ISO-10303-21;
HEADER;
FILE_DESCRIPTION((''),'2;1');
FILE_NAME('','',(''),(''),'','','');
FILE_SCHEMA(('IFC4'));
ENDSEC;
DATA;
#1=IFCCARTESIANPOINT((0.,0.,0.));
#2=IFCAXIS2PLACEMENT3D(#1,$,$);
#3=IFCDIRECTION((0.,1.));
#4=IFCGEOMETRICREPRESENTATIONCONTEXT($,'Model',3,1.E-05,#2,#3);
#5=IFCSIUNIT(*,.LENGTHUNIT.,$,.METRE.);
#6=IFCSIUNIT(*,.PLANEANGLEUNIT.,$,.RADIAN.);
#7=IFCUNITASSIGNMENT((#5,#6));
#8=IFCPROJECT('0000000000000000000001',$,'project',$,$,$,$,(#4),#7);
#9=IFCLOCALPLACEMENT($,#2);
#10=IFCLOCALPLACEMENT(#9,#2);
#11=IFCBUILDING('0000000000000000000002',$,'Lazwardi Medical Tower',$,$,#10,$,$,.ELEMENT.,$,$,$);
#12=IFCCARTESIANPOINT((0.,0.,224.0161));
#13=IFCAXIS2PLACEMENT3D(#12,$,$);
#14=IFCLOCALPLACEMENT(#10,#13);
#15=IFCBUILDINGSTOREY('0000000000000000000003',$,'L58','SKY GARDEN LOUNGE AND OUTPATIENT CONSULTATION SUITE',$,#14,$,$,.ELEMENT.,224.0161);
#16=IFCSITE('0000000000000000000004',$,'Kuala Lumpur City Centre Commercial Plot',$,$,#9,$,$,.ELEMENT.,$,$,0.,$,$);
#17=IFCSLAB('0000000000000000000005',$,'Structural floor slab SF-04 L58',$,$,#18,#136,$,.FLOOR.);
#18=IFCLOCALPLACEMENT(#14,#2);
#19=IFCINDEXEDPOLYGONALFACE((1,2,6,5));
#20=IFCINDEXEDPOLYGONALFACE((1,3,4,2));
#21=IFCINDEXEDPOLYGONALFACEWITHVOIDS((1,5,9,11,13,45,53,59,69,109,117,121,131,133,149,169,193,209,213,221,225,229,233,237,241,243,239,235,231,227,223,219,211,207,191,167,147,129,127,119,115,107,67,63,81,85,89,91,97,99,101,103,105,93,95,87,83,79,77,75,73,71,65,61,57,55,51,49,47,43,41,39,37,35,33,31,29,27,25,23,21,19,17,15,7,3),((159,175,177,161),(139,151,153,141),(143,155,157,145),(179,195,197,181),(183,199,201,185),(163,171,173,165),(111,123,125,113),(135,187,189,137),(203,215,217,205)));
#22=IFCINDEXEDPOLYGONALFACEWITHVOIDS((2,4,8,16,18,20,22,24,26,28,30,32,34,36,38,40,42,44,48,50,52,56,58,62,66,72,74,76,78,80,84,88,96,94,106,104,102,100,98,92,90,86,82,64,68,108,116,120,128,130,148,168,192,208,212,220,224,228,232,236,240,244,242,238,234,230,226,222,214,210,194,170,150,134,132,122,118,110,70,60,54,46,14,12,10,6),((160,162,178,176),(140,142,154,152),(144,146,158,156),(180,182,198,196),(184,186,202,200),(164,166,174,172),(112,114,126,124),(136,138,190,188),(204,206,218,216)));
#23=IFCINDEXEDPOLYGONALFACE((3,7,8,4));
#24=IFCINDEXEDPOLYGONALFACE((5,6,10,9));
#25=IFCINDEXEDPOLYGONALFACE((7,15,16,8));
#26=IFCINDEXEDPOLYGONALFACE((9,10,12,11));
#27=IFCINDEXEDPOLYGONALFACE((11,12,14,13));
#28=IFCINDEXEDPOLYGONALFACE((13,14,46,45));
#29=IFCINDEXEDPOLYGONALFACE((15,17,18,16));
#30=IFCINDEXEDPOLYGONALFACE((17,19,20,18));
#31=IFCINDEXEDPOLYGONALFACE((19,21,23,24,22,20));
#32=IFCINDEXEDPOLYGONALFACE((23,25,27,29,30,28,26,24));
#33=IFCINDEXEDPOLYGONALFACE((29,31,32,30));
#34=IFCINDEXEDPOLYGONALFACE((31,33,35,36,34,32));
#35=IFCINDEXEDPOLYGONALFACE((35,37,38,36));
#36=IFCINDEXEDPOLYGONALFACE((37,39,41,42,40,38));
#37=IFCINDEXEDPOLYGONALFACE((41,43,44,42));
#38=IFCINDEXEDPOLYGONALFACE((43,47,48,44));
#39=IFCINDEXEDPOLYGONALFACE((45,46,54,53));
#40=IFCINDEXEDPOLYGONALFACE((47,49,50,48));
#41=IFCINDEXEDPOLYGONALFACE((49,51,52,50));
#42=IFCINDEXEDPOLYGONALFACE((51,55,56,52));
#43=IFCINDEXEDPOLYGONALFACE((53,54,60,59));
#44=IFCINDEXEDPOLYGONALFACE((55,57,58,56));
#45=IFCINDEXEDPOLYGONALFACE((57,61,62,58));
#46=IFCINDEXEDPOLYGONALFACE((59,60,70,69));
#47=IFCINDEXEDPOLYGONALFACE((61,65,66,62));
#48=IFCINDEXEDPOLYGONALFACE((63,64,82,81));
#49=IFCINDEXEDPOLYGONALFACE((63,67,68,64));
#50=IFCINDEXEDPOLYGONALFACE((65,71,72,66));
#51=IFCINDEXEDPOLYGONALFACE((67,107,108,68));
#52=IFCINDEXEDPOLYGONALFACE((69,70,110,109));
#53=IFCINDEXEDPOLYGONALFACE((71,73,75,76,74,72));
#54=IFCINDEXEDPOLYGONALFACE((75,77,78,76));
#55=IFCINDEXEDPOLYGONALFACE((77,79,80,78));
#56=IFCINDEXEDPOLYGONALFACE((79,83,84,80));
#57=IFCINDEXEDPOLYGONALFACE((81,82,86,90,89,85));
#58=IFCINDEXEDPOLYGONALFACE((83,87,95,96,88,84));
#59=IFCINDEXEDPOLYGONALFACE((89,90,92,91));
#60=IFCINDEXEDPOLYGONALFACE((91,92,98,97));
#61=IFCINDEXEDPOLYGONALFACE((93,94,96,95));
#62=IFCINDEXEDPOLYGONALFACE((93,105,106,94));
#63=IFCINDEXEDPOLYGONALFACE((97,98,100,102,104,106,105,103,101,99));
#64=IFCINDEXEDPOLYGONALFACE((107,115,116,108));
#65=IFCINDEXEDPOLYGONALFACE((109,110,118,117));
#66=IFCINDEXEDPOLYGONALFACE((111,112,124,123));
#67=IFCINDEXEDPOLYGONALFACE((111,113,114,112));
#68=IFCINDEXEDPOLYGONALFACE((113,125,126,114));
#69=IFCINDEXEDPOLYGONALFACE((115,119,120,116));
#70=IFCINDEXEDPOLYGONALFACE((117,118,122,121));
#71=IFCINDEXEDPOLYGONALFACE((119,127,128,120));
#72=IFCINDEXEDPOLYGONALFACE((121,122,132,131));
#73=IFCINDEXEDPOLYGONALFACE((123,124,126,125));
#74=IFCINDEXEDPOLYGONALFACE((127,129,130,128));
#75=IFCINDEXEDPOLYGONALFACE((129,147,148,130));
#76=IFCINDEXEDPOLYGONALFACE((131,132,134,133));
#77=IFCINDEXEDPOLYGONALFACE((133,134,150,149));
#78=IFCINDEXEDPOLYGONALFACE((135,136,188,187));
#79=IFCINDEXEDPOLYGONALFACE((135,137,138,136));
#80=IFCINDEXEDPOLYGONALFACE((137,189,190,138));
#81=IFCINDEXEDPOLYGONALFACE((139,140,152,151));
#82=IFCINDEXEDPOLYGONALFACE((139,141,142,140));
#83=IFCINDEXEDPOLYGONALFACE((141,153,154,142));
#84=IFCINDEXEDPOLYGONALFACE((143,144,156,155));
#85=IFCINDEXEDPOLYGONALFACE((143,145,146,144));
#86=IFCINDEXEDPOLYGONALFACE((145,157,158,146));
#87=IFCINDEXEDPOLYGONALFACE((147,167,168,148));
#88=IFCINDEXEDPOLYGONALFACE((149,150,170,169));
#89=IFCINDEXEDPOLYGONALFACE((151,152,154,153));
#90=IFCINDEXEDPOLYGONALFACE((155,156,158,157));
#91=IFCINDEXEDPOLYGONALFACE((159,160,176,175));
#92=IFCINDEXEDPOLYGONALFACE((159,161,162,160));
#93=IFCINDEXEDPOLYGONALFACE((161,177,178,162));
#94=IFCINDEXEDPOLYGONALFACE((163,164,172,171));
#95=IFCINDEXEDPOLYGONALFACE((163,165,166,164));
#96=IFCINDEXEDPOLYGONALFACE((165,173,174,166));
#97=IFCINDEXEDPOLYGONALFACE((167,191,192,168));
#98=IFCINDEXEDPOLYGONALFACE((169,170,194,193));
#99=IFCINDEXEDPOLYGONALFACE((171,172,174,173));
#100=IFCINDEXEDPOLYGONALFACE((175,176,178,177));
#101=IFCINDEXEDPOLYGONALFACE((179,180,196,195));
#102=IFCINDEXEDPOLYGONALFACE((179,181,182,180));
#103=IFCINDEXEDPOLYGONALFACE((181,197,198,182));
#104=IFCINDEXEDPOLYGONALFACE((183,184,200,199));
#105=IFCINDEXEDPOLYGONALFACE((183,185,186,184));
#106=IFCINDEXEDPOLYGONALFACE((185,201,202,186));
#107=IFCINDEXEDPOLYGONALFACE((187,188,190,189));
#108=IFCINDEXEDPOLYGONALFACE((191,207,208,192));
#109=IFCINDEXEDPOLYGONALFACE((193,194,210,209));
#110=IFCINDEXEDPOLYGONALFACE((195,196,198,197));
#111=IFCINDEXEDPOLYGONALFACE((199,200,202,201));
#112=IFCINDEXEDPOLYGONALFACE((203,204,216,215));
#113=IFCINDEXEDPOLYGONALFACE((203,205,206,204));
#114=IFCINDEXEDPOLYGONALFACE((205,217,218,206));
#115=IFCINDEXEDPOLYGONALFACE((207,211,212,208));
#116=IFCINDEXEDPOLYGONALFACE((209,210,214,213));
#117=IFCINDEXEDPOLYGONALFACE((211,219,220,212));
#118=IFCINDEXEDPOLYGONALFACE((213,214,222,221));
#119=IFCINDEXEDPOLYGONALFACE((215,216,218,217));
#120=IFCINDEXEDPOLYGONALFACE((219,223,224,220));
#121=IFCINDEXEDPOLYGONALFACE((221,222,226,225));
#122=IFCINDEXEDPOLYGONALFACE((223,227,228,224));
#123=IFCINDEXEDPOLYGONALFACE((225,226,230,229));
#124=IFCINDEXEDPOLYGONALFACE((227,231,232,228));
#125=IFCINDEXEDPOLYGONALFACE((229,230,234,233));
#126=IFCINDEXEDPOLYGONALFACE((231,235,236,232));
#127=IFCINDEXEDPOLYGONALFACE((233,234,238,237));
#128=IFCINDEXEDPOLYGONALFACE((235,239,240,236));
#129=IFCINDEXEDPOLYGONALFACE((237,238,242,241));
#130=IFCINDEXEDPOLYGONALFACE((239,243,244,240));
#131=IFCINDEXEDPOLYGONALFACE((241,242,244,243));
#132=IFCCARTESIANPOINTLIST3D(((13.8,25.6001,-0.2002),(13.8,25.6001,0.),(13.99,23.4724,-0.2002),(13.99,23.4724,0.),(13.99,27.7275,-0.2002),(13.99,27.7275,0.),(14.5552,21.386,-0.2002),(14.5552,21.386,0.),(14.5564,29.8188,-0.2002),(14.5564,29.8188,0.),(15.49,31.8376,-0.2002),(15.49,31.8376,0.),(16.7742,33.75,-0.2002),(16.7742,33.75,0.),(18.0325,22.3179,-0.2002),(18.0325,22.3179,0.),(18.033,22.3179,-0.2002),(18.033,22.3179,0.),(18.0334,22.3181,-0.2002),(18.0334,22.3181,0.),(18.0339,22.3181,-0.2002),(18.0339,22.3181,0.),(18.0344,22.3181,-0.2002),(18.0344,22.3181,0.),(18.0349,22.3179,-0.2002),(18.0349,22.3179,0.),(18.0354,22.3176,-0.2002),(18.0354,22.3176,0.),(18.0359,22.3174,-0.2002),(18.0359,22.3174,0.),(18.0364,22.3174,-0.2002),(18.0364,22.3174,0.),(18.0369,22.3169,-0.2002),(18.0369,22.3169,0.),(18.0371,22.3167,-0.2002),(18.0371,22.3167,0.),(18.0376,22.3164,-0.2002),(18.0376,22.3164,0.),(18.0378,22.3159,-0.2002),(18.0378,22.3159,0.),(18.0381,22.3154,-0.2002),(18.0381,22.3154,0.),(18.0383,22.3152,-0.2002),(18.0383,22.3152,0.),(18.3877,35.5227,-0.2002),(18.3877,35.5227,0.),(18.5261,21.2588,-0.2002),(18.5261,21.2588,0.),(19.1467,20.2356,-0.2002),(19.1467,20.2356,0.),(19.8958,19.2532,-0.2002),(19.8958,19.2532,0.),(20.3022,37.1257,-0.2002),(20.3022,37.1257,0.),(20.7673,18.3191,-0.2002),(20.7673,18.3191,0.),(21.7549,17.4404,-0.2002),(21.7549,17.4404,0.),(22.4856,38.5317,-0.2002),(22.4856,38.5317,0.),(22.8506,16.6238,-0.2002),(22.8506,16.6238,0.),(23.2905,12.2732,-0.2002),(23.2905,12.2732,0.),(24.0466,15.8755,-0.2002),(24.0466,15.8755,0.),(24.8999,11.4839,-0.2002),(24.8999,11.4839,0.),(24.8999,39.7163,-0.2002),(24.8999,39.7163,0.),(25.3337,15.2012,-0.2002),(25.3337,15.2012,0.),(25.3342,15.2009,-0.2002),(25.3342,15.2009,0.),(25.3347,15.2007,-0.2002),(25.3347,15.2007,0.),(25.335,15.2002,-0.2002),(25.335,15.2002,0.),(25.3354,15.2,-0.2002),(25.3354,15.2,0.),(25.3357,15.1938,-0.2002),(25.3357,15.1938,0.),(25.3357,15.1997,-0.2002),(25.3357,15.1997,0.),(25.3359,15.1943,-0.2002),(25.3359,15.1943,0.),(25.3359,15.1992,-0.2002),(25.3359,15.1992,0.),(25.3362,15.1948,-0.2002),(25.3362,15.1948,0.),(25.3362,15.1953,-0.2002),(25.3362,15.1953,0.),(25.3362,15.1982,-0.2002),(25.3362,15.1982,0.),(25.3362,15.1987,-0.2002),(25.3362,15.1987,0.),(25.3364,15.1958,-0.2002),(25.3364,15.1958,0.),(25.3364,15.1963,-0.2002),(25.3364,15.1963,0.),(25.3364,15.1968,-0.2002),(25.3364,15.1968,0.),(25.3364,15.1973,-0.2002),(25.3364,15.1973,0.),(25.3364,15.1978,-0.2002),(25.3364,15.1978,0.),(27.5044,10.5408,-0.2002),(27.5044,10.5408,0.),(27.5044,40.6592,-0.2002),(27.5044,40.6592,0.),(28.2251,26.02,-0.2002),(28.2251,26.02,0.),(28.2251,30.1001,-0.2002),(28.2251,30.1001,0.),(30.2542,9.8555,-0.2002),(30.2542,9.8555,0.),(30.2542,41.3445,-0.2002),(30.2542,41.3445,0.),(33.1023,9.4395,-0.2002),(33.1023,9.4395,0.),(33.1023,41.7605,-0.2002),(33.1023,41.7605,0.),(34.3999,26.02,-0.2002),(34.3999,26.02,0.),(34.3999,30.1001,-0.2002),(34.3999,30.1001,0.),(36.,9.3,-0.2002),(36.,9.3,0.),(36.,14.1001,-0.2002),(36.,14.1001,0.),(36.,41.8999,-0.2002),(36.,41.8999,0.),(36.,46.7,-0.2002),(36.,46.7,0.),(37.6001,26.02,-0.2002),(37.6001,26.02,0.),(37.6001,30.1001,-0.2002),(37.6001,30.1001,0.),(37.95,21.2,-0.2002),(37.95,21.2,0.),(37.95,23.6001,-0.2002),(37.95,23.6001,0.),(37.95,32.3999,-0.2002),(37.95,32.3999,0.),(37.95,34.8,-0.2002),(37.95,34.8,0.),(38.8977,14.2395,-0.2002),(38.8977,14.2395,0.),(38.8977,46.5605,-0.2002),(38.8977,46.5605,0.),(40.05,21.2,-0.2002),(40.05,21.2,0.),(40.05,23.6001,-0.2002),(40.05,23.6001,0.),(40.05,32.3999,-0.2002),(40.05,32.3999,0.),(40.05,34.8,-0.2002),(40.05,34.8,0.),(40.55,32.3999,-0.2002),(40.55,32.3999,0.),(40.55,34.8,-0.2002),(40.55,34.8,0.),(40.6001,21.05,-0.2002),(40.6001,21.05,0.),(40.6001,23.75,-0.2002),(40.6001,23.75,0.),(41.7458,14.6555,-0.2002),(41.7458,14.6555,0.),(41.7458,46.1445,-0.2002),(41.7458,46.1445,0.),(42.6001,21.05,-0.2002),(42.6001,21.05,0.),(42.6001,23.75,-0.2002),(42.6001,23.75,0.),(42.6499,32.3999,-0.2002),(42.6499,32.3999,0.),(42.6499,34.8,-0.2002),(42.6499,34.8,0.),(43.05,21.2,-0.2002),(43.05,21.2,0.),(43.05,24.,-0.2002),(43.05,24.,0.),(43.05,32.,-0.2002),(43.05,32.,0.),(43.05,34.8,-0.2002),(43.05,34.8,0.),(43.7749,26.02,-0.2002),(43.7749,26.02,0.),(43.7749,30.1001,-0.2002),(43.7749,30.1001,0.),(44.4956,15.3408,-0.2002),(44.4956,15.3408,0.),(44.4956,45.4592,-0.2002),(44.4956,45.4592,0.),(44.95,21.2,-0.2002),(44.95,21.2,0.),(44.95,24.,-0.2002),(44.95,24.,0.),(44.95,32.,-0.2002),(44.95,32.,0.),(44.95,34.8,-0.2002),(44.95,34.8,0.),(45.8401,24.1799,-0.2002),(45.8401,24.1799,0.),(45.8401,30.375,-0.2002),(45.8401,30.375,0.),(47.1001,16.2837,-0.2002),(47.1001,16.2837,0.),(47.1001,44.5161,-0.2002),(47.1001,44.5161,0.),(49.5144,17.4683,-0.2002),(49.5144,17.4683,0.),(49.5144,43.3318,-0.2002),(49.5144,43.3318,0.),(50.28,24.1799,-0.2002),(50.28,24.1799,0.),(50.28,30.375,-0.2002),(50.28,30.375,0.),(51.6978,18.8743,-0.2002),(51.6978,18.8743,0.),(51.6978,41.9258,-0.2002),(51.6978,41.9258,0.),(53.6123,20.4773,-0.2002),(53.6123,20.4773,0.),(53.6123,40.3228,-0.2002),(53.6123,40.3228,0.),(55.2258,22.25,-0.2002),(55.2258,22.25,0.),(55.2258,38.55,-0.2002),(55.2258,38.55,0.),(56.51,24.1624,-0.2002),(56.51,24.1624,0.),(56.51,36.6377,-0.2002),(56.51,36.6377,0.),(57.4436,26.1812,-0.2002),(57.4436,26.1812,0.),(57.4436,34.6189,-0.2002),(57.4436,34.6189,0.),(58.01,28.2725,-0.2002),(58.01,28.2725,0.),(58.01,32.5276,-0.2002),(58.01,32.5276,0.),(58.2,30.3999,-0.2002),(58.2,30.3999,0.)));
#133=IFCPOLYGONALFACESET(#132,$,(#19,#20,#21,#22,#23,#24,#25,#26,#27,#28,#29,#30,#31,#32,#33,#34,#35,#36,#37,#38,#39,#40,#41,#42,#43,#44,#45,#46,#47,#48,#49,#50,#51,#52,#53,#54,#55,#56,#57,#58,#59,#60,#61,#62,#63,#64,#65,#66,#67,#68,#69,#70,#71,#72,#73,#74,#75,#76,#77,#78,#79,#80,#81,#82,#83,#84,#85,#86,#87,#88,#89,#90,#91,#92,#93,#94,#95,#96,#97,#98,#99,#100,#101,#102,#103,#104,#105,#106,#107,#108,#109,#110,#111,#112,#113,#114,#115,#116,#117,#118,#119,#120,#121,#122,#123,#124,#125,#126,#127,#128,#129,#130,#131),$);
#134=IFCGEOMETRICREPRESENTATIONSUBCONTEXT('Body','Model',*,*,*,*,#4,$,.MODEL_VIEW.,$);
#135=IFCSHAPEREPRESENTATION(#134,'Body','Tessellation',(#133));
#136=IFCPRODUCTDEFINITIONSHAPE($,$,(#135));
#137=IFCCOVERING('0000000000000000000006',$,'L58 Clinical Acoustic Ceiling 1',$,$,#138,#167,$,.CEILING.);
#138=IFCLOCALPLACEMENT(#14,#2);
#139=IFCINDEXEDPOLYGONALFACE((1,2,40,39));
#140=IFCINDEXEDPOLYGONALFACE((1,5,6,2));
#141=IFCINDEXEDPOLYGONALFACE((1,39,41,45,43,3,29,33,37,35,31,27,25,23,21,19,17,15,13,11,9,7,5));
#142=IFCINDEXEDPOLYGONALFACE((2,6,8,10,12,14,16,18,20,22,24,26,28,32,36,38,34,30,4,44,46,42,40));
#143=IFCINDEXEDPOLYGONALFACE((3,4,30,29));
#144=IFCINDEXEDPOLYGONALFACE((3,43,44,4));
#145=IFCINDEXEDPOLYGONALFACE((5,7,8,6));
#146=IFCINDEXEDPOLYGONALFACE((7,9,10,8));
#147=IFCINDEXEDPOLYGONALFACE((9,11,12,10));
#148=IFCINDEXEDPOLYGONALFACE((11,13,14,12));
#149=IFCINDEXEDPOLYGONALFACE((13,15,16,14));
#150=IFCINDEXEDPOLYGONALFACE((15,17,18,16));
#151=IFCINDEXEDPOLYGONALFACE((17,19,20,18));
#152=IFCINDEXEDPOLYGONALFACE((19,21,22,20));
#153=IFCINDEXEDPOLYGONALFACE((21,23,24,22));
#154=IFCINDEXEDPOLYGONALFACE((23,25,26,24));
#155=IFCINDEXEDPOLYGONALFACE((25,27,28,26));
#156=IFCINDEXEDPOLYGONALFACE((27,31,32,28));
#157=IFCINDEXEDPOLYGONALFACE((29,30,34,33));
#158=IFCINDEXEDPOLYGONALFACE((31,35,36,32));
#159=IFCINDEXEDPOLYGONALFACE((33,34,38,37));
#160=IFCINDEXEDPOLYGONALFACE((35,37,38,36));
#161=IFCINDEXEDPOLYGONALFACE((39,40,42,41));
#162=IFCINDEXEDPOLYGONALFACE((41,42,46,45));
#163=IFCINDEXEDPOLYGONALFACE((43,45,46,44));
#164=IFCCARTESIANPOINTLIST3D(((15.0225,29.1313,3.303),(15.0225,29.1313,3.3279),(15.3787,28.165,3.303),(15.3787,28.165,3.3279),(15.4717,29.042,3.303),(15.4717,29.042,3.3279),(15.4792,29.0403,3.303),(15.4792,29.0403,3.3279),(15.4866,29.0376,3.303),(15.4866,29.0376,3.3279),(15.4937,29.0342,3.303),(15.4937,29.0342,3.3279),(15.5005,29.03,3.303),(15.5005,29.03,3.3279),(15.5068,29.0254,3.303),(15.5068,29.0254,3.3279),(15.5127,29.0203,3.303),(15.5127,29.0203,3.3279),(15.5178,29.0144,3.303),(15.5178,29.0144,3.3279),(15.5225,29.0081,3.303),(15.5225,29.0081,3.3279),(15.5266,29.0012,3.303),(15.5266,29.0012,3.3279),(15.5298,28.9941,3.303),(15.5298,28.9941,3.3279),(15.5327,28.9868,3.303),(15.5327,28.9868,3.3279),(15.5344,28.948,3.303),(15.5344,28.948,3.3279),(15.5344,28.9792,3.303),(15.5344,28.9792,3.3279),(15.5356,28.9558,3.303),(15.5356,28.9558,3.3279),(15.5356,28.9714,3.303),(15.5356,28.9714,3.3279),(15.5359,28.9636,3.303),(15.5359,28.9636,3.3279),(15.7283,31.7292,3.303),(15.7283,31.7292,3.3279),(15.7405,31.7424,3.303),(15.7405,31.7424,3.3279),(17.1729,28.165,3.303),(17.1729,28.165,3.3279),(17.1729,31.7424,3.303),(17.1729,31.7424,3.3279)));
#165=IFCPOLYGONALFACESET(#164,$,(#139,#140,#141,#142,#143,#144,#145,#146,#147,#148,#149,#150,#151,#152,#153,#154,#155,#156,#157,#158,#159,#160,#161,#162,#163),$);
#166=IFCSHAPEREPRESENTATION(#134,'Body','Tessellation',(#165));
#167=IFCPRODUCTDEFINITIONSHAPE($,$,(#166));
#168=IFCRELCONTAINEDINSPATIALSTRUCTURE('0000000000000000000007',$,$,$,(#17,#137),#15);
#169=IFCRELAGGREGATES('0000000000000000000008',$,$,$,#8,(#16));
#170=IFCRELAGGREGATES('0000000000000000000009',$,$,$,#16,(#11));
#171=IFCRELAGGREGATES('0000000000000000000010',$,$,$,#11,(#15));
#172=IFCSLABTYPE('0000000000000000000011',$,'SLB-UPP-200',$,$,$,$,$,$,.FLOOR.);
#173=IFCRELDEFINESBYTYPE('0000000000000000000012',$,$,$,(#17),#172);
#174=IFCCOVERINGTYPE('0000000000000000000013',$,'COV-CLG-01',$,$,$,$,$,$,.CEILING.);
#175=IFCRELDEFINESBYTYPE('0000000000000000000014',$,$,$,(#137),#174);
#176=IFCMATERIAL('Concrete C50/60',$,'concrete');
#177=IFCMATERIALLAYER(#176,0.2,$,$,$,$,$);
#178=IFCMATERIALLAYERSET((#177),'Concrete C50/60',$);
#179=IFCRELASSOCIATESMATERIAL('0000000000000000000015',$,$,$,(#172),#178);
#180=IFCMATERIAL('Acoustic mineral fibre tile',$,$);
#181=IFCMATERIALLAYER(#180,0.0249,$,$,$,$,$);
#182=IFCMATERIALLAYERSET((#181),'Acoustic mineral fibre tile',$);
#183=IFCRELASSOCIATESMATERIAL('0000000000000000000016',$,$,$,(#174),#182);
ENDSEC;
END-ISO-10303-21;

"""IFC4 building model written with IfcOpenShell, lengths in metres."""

from ifc_helpers import new_model, si_unit, direction, frame, origin, place, context, subcontext, project, spatial, polyline, outline, extrude, material, layer, layer_set, type_object, element, save


model = new_model("IFC4")

# Units and contexts
model_context = context("Model", 3, precision=1e-05, world=origin(), true_north=direction((0.0, 1.0)))
body_context = subcontext(model_context, "Body", "Model", "MODEL_VIEW")
ifc_project = project(units=[si_unit("LENGTHUNIT", "METRE"), si_unit("PLANEANGLEUNIT", "RADIAN")], contexts=[model_context])

# Site, building, storey
site_placement = place(None, origin())
site = spatial("IfcSite", under=ifc_project, at=site_placement, Name="Kuala Lumpur City Centre Commercial Plot", CompositionType="ELEMENT", RefElevation=0.0)
building_placement = place(site_placement, origin())
building = spatial("IfcBuilding", under=site, at=building_placement, Name="Lazwardi Medical Tower", CompositionType="ELEMENT")
storey_placement = place(building_placement, frame((0.0, 0.0, 224.0161)))
storey = spatial("IfcBuildingStorey", under=building, at=storey_placement, Name="L58", Description="SKY GARDEN LOUNGE AND OUTPATIENT CONSULTATION SUITE", CompositionType="ELEMENT", Elevation=224.0161)

# Slab
ifc_material_1 = material(Name="Concrete C50/60", Category="concrete")
ifc_layer_1 = layer(ifc_material_1, 0.2)
ifc_layer_set_1 = layer_set([ifc_layer_1], Name="Concrete C50/60")
slab_type = type_object("IfcSlabType", Name="SLB-UPP-200", PredefinedType="FLOOR", material=ifc_layer_set_1)
slab_placement = place(storey_placement, frame((0.0, 0.0, -0.2002)))
element("IfcSlab", 1, at=slab_placement, inside=storey, type_object=slab_type, Name="Structural floor slab SF-04 L58", PredefinedType="FLOOR", context=body_context, shape_type="SweptSolid", body=[
    extrude(outline(polyline([(22.4856, 38.5317), (20.3022, 37.1257), (18.3877, 35.5227), (16.7742, 33.75), (15.49, 31.8376), (14.5564, 29.8188), (13.99, 27.7275), (13.8, 25.6001), (13.99, 23.4724), (14.5552, 21.386), (14.5552, 21.386), (18.0325, 22.3179), (18.033, 22.3179), (18.0334, 22.3181), (18.0339, 22.3181), (18.0344, 22.3181), (18.0349, 22.3179), (18.0354, 22.3176), (18.0359, 22.3174), (18.0364, 22.3174), (18.0369, 22.3169), (18.0371, 22.3167), (18.0376, 22.3164), (18.0378, 22.3159), (18.0381, 22.3154), (18.0383, 22.3152), (18.5261, 21.2588), (19.1467, 20.2356), (19.8958, 19.2532), (20.7673, 18.3191), (21.7549, 17.4404), (22.8506, 16.6238), (24.0466, 15.8755), (25.3337, 15.2012), (25.3342, 15.2009), (25.3347, 15.2007), (25.335, 15.2002), (25.3354, 15.2), (25.3357, 15.1997), (25.3359, 15.1992), (25.3362, 15.1987), (25.3362, 15.1982), (25.3364, 15.1978), (25.3364, 15.1973), (25.3364, 15.1968), (25.3364, 15.1963), (25.3364, 15.1958), (25.3362, 15.1953), (25.3362, 15.1948), (25.3359, 15.1943), (25.3357, 15.1938), (23.2905, 12.2732), (24.8999, 11.4839), (27.5044, 10.5408), (30.2542, 9.8555), (33.1023, 9.4395), (36.0, 9.3), (36.0, 14.1001), (38.8977, 14.2395), (41.7458, 14.6555), (44.4956, 15.3408), (47.1001, 16.2837), (49.5144, 17.4683), (51.6978, 18.8743), (53.6123, 20.4773), (55.2258, 22.25), (56.51, 24.1624), (57.4436, 26.1812), (58.01, 28.2725), (58.2, 30.3999), (58.01, 32.5276), (57.4436, 34.6189), (56.51, 36.6377), (55.2258, 38.55), (53.6123, 40.3228), (51.6978, 41.9258), (49.5144, 43.3318), (47.1001, 44.5161), (44.4956, 45.4592), (41.7458, 46.1445), (38.8977, 46.5605), (36.0, 46.7), (36.0, 41.8999), (33.1023, 41.7605), (30.2542, 41.3445), (27.5044, 40.6592), (24.8999, 39.7163), (22.4856, 38.5317)]), holes=[polyline([(28.2251, 26.02), (28.2251, 30.1001), (34.3999, 30.1001), (34.3999, 26.02), (28.2251, 26.02)]), polyline([(37.6001, 30.1001), (43.7749, 30.1001), (43.7749, 26.02), (37.6001, 26.02), (37.6001, 30.1001)]), polyline([(50.28, 30.375), (50.28, 24.1799), (45.8401, 24.1799), (45.8401, 30.375), (50.28, 30.375)]), polyline([(40.05, 32.3999), (37.95, 32.3999), (37.95, 34.8), (40.05, 34.8), (40.05, 32.3999)]), polyline([(40.55, 32.3999), (40.55, 34.8), (42.6499, 34.8), (42.6499, 32.3999), (40.55, 32.3999)]), polyline([(37.95, 23.6001), (40.05, 23.6001), (40.05, 21.2), (37.95, 21.2), (37.95, 23.6001)]), polyline([(44.95, 34.8), (44.95, 32.0), (43.05, 32.0), (43.05, 34.8), (44.95, 34.8)]), polyline([(44.95, 21.2), (43.05, 21.2), (43.05, 24.0), (44.95, 24.0), (44.95, 21.2)]), polyline([(40.6001, 21.05), (40.6001, 23.75), (42.6001, 23.75), (42.6001, 21.05), (40.6001, 21.05)])]), origin(), (0.0, 0.0, 1.0), 0.2002),
])

# Covering
ifc_material_2 = material(Name="Acoustic mineral fibre tile")
ifc_layer_2 = layer(ifc_material_2, 0.0249)
ifc_layer_set_2 = layer_set([ifc_layer_2], Name="Acoustic mineral fibre tile")
covering_type_1 = type_object("IfcCoveringType", Name="COV-CLG-01", PredefinedType="CEILING", material=ifc_layer_set_2)
covering_1_placement = place(storey_placement, frame((0.0, 0.0, 3.303)))
element("IfcCovering", 2, at=covering_1_placement, inside=storey, type_object=covering_type_1, Name="L58 Clinical Acoustic Ceiling 1", PredefinedType="CEILING", context=body_context, shape_type="SweptSolid", body=[
    extrude(outline(polyline([(15.7405, 31.7424), (15.7283, 31.7292), (15.0225, 29.1313), (15.4717, 29.042), (15.4792, 29.0403), (15.4866, 29.0376), (15.4937, 29.0342), (15.5005, 29.03), (15.5068, 29.0254), (15.5127, 29.0203), (15.5178, 29.0144), (15.5225, 29.0081), (15.5266, 29.0012), (15.5298, 28.9941), (15.5327, 28.9868), (15.5344, 28.9792), (15.5356, 28.9714), (15.5359, 28.9636), (15.5356, 28.9558), (15.5344, 28.948), (15.3787, 28.165), (17.1729, 28.165), (17.1729, 31.7424), (15.7405, 31.7424)])), origin(), (0.0, 0.0, 1.0), 0.0249),
])

save(model, "model.ifc")
